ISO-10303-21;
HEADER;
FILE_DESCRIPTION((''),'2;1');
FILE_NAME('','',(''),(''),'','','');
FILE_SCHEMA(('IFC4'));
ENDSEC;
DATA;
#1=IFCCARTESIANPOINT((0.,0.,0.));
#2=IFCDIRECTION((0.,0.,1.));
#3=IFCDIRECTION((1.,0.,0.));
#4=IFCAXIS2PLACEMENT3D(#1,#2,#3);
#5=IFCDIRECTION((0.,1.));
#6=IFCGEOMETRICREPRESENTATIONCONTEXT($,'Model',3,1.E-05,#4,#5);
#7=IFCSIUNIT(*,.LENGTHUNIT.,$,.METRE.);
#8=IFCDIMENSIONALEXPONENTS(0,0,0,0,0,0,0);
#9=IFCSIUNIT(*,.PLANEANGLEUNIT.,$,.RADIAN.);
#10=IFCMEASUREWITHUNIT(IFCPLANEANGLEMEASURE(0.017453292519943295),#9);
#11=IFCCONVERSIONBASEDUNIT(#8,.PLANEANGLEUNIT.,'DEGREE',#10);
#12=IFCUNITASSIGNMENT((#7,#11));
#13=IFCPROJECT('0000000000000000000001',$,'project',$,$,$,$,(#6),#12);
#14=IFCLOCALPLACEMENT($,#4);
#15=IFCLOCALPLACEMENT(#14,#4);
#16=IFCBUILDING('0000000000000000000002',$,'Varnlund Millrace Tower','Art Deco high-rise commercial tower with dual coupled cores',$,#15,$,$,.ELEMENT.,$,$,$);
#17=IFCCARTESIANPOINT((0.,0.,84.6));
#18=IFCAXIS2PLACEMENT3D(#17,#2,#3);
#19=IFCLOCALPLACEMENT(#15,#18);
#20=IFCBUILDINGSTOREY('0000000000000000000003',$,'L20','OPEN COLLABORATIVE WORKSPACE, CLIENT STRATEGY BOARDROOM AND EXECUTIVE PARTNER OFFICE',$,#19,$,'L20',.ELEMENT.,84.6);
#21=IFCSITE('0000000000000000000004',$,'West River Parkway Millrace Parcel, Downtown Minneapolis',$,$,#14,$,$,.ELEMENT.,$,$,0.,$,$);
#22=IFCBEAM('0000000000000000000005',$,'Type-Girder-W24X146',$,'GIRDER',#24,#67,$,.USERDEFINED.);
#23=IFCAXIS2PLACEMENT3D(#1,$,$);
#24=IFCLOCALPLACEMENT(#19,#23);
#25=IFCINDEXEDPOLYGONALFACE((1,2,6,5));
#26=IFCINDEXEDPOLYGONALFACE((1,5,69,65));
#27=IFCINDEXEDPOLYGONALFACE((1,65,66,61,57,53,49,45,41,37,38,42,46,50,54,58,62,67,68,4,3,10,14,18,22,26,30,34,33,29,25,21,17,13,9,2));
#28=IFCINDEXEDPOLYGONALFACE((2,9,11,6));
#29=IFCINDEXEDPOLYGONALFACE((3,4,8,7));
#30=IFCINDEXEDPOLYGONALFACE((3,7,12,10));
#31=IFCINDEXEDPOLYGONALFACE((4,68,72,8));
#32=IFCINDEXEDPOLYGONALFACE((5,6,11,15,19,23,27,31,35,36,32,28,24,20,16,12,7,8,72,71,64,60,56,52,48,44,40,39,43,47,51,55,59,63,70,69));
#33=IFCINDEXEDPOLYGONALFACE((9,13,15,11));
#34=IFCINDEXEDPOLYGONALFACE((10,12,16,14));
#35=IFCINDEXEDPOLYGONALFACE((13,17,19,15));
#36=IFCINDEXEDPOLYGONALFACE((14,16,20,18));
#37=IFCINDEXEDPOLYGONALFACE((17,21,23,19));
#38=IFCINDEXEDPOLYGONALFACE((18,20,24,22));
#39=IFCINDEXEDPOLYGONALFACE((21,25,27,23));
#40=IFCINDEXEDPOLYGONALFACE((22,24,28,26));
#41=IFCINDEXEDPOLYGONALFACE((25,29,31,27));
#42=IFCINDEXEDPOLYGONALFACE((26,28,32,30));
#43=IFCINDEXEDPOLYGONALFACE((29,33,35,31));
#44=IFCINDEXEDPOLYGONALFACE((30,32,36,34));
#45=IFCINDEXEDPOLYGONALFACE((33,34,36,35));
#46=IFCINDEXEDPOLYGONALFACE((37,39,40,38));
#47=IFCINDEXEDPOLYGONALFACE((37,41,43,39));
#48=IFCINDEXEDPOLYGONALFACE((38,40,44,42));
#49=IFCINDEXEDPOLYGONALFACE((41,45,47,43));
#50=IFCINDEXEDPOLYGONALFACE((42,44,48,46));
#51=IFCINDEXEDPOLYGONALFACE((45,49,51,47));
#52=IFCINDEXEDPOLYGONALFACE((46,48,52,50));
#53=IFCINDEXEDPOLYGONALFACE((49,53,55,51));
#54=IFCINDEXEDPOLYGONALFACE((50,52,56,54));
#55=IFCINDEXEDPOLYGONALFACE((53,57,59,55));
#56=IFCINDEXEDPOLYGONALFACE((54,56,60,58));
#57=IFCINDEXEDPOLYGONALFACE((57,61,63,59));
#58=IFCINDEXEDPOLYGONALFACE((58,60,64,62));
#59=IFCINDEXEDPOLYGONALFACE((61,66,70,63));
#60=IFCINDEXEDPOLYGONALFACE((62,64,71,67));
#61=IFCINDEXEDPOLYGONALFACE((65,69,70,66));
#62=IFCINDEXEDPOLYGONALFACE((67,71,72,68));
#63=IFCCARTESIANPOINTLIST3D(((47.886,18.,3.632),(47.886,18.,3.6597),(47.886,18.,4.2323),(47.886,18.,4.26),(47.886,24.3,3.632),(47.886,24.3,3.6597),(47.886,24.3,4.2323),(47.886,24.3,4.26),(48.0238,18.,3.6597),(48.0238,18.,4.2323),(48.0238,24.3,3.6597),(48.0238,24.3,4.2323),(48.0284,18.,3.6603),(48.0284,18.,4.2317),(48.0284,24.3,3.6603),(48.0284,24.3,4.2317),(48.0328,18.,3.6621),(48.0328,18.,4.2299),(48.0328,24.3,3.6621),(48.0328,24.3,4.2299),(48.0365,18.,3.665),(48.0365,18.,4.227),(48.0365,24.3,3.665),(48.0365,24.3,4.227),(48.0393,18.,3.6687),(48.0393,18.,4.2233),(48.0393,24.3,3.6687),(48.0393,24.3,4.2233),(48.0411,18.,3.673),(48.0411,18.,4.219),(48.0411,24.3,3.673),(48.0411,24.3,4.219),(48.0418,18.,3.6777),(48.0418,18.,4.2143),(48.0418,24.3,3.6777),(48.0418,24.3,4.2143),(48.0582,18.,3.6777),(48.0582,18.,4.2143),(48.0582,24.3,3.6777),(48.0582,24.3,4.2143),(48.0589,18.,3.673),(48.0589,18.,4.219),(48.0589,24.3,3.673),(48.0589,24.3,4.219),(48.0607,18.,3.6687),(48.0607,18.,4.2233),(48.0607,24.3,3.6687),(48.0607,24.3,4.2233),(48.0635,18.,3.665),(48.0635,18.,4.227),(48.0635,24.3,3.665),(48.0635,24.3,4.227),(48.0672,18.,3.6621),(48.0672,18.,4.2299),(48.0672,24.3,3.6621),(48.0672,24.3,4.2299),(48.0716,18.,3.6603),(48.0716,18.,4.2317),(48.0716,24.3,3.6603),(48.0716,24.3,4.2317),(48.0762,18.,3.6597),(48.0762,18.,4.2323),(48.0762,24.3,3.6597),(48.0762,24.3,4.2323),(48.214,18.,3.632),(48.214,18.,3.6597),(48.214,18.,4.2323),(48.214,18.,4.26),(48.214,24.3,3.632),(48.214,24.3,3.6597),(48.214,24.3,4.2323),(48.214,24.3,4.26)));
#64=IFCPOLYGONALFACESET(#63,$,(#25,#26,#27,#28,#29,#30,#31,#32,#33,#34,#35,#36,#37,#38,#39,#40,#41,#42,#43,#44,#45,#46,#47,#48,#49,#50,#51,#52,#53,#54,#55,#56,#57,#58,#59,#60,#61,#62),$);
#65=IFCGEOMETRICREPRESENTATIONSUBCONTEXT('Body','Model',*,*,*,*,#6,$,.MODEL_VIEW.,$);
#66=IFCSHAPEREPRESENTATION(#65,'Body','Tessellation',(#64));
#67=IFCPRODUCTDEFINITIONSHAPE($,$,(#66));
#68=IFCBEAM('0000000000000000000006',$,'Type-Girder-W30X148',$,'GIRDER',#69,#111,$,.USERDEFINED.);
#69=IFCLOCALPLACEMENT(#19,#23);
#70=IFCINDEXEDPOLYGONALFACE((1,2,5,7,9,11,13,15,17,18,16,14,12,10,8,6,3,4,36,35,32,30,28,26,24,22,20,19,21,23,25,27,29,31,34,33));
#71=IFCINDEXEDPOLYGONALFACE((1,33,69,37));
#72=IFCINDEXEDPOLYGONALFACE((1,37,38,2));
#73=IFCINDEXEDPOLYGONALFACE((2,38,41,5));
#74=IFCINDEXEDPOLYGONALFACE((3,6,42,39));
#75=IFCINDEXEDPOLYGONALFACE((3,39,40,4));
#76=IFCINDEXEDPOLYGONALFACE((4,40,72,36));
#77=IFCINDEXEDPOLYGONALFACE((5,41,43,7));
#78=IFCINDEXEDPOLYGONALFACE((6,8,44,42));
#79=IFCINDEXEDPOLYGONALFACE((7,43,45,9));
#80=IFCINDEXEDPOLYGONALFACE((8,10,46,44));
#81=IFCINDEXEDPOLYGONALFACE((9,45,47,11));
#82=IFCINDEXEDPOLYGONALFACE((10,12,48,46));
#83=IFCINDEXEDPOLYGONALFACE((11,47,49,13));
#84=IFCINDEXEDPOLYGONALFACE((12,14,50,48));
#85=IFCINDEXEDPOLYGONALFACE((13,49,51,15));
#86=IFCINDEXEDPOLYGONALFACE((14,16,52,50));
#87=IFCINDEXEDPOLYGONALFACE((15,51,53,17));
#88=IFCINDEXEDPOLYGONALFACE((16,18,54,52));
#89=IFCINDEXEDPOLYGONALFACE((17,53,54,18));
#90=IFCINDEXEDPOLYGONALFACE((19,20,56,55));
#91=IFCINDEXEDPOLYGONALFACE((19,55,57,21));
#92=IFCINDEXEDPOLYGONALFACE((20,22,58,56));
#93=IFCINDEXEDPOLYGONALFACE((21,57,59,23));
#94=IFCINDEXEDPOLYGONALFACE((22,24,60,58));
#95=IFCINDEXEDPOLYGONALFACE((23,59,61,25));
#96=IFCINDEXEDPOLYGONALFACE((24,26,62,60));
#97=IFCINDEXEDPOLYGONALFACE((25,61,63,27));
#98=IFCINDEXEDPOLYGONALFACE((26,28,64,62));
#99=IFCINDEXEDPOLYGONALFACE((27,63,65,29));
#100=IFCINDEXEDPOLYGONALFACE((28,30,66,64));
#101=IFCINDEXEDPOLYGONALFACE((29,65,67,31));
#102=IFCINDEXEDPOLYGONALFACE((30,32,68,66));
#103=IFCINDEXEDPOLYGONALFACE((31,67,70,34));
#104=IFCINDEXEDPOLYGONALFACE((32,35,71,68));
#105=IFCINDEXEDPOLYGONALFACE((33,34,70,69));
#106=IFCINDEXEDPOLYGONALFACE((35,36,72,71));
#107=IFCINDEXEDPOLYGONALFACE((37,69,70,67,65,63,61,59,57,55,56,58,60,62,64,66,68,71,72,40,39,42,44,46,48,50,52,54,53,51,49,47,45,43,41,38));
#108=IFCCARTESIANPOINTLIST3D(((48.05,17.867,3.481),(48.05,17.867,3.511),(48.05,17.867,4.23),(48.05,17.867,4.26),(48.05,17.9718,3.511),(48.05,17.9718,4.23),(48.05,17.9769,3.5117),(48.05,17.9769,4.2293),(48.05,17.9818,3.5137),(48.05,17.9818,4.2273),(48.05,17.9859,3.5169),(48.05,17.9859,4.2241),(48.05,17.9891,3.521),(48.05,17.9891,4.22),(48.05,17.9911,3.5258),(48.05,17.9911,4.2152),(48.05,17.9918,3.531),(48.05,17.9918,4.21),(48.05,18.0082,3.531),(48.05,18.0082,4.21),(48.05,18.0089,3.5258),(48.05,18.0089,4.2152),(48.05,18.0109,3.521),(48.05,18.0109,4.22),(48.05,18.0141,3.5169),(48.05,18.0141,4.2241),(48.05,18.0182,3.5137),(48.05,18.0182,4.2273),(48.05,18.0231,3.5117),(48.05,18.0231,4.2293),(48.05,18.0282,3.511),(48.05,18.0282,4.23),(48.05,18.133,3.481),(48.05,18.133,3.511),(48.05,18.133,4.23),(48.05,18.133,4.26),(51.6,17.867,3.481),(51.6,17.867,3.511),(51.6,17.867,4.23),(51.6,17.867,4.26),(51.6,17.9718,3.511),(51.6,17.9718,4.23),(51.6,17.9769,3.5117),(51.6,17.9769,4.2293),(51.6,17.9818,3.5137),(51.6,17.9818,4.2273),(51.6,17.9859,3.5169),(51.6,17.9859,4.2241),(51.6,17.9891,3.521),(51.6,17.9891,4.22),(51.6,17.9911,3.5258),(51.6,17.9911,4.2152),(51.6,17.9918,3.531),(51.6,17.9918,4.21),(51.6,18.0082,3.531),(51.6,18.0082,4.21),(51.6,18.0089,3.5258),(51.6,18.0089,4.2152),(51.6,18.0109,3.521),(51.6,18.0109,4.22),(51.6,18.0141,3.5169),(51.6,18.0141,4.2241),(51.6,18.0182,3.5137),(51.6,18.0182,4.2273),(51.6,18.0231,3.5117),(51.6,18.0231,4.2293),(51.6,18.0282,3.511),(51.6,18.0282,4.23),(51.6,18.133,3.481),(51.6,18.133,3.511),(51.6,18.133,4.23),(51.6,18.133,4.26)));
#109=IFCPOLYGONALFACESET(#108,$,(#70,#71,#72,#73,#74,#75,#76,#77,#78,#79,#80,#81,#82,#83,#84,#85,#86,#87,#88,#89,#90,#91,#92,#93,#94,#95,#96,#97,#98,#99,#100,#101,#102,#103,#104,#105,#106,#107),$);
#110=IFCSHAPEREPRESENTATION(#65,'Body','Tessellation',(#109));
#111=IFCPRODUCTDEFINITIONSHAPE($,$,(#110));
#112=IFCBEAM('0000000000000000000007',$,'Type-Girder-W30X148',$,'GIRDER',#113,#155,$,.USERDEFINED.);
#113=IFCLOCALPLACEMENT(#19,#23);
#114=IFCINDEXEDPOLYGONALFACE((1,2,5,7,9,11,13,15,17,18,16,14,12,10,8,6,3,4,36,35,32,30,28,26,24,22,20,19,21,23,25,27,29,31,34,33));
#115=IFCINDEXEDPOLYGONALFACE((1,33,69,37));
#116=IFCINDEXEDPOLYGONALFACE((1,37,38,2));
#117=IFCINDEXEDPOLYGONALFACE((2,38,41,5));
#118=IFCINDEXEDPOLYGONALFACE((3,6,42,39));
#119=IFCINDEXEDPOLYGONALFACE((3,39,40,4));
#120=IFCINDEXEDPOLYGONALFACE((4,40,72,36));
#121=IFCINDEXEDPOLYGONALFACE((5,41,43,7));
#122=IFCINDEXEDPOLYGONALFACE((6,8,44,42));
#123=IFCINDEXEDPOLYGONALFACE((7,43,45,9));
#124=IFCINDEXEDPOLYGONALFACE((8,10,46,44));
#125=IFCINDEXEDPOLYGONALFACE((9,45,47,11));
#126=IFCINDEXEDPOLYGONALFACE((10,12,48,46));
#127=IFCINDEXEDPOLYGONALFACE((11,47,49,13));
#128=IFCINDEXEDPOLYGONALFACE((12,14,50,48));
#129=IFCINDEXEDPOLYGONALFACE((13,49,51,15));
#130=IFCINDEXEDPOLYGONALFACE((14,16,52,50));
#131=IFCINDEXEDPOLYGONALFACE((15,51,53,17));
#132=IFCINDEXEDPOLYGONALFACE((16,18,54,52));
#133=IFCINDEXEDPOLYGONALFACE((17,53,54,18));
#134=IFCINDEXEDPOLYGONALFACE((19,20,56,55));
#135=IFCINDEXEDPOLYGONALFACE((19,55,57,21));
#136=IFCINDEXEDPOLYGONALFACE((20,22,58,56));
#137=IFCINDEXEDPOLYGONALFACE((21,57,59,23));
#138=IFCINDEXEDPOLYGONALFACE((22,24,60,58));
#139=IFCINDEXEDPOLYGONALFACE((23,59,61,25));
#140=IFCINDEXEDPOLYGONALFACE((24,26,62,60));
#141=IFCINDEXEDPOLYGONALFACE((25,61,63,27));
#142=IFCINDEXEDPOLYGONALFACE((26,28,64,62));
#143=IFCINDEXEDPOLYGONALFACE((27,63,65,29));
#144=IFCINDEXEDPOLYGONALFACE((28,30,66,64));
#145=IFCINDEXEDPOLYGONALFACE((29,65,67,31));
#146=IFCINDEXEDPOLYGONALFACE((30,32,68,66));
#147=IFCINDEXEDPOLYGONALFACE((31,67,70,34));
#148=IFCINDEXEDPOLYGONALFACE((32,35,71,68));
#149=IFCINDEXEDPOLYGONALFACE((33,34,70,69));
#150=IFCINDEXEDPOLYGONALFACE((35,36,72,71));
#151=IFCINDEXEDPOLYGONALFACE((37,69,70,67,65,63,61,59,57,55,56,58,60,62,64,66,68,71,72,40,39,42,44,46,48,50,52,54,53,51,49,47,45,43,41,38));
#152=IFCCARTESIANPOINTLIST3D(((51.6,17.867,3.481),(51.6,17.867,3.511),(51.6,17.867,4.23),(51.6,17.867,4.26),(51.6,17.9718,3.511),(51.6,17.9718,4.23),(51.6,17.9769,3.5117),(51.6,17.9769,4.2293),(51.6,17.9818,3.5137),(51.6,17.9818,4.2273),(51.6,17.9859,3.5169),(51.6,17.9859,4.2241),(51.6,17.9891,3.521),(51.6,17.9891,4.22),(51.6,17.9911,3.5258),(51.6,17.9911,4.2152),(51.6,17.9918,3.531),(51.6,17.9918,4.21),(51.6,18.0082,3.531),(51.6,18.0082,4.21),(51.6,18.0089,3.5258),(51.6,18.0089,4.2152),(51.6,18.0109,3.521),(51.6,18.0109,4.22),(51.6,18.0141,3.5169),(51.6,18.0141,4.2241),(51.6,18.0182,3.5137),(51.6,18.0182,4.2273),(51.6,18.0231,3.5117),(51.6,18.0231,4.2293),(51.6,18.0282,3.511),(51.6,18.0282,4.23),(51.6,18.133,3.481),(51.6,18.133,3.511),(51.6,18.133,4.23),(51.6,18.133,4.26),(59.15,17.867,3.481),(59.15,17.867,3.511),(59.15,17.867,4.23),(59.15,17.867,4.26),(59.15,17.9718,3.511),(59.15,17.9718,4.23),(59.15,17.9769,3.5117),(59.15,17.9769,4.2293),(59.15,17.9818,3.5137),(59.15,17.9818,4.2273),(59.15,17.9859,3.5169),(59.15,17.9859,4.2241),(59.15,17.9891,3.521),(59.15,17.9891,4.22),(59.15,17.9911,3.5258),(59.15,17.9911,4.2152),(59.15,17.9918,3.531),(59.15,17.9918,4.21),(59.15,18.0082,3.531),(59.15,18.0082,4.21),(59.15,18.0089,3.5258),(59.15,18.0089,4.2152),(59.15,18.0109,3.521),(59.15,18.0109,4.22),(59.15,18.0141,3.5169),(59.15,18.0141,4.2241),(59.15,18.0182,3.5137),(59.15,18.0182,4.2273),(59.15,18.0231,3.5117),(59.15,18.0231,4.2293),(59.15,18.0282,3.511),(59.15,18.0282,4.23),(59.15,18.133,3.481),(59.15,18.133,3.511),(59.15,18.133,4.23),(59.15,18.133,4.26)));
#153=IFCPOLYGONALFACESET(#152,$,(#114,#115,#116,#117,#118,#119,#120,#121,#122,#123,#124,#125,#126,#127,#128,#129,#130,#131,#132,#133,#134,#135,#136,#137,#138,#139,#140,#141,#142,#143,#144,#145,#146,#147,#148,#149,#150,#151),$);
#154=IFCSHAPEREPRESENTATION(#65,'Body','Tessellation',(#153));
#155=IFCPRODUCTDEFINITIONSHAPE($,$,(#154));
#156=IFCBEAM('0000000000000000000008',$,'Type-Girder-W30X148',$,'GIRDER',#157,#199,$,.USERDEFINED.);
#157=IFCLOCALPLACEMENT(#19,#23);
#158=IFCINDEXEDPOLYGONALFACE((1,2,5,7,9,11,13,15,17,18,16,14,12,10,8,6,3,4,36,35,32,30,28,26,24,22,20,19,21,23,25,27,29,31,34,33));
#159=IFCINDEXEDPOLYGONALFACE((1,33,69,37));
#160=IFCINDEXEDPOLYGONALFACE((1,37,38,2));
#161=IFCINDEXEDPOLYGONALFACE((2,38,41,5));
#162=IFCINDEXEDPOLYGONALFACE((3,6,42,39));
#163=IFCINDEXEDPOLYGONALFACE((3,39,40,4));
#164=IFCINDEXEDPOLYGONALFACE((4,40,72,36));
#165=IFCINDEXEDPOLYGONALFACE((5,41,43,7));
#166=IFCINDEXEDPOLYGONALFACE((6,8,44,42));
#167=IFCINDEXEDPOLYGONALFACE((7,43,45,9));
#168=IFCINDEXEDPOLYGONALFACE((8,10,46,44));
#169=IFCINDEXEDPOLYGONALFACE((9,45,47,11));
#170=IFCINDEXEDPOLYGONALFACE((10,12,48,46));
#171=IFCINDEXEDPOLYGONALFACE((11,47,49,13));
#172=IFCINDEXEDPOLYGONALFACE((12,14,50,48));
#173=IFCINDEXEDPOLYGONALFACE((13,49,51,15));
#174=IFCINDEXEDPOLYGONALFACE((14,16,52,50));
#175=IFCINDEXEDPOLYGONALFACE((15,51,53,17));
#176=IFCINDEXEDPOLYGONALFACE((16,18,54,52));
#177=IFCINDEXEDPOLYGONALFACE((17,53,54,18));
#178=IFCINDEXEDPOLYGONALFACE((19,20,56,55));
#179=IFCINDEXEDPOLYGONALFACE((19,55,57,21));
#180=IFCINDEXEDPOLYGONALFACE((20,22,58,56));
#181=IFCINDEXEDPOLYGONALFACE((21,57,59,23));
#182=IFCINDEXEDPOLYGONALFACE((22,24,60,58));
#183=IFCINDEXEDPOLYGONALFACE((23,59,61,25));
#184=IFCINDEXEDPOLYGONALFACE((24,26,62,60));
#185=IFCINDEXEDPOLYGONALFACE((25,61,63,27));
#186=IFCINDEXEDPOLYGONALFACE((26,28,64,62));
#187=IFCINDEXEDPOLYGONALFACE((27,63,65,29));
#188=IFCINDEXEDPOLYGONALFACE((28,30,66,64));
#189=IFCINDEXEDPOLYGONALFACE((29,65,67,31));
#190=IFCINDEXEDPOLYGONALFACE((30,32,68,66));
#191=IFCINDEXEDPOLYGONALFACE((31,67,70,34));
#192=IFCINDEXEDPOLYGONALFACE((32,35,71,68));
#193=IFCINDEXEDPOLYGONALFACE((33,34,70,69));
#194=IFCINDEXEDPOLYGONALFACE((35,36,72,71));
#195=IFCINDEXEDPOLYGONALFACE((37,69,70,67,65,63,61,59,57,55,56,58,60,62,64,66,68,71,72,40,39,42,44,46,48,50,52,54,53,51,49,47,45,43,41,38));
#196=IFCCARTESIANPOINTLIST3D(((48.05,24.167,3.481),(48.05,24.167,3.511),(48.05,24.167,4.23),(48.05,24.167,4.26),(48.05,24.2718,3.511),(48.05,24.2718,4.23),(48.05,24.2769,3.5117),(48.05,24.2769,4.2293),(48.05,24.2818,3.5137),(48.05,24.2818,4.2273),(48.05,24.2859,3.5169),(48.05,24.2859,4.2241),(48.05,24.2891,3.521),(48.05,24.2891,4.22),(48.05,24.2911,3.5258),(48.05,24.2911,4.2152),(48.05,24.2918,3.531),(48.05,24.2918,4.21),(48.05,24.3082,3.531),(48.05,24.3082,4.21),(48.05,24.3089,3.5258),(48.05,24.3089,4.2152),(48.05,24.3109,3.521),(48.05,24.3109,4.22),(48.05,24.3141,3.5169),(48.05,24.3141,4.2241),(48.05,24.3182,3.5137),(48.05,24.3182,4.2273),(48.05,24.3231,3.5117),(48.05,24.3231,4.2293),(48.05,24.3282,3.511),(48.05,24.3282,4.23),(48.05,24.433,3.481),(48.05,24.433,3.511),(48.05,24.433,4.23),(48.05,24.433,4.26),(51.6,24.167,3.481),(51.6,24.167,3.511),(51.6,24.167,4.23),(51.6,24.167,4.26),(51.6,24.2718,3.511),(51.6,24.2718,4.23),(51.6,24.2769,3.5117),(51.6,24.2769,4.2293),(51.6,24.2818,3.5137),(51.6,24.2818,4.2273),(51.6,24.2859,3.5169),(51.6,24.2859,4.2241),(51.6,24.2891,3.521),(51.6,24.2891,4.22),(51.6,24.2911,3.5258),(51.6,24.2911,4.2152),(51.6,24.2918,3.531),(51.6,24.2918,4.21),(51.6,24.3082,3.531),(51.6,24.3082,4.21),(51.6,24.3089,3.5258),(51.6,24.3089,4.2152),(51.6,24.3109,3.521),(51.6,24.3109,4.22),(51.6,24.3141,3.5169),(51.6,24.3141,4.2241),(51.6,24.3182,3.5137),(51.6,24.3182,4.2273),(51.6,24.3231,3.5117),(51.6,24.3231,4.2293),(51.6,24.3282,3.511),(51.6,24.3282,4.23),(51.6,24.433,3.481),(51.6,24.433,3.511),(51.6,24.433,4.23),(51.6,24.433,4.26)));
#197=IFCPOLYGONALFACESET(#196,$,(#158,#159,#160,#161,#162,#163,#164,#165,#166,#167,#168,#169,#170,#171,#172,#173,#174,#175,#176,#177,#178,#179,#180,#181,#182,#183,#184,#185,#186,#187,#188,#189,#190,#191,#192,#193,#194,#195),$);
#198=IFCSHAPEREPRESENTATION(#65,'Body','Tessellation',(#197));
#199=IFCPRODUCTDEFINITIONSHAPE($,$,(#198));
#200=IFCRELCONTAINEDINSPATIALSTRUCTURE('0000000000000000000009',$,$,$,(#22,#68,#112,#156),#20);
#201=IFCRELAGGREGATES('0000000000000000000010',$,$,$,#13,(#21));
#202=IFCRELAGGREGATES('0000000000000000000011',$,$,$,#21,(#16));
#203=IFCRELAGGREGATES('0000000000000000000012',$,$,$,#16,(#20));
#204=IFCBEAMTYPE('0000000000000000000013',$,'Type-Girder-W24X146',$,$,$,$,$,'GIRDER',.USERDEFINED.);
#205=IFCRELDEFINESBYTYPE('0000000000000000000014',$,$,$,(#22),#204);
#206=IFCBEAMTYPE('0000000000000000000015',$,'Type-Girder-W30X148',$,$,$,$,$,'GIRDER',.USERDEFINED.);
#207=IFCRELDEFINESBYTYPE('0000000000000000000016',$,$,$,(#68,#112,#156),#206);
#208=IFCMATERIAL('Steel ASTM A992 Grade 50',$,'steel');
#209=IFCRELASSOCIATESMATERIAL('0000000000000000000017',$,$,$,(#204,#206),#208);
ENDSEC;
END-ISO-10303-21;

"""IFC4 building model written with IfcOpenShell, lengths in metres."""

from ifc_helpers import new_model, entity, si_unit, converted_unit, direction, frame, origin_with_axes, origin_2d_with_axis, place, context, subcontext, project, spatial, i_section, extrude, material, material_profile, profile_set, type_object, element, save


model = new_model("IFC4")

# Units and contexts
model_context = context("Model", 3, precision=1e-05, world=origin_with_axes(), true_north=direction((0.0, 1.0)))
body_context = subcontext(model_context, "Body", "Model", "MODEL_VIEW")
ifc_project = project(units=[si_unit("LENGTHUNIT", "METRE"), converted_unit("PLANEANGLEUNIT", "DEGREE", entity("IfcPlaneAngleMeasure", 0.017453292519943295), si_unit("PLANEANGLEUNIT", "RADIAN"), dimensions=[0, 0, 0, 0, 0, 0, 0])], contexts=[model_context])

# Site, building, storey
site_placement = place(None, origin_with_axes())
site = spatial("IfcSite", under=ifc_project, at=site_placement, Name="West River Parkway Millrace Parcel, Downtown Minneapolis", CompositionType="ELEMENT", RefElevation=0.0)
building_placement = place(site_placement, origin_with_axes())
building = spatial("IfcBuilding", under=site, at=building_placement, Name="Varnlund Millrace Tower", Description="Art Deco high-rise commercial tower with dual coupled cores", CompositionType="ELEMENT")
storey_placement = place(building_placement, frame((0.0, 0.0, 84.6), z_axis=(0.0, 0.0, 1.0), x_axis=(1.0, 0.0, 0.0)))
storey = spatial("IfcBuildingStorey", under=building, at=storey_placement, Name="L20", Description="OPEN COLLABORATIVE WORKSPACE, CLIENT STRATEGY BOARDROOM AND EXECUTIVE PARTNER OFFICE", LongName="L20", CompositionType="ELEMENT", Elevation=84.6)

# Beams
ifc_material_1 = material(Name="Steel ASTM A992 Grade 50", Category="steel")
ifc_material_profile_1 = material_profile(ifc_material_1, i_section(OverallWidth=0.328, OverallDepth=0.628, WebThickness=0.0165, FlangeThickness=0.0277, FilletRadius=0.018, at=origin_2d_with_axis()), Name="Steel ASTM A992 Grade 50")
ifc_profile_set_1 = profile_set([ifc_material_profile_1], Name="Steel ASTM A992 Grade 50")
beam_type_1 = type_object("IfcBeamType", Name="Type-Girder-W24X146", ElementType="GIRDER", PredefinedType="USERDEFINED", material=ifc_profile_set_1)
beam_1_placement = place(storey_placement, frame((48.05, 18.0, 3.946), z_axis=(0.0, 1.0, 0.0), x_axis=(-1.0, 0.0, 0.0)))
element("IfcBeam", 1, at=beam_1_placement, inside=storey, type_object=beam_type_1, Name="Type-Girder-W24X146", ObjectType="GIRDER", PredefinedType="USERDEFINED", context=body_context, shape_type="SweptSolid", body=[
    extrude(i_section(OverallWidth=0.328, OverallDepth=0.628, WebThickness=0.0165, FlangeThickness=0.0277, FilletRadius=0.018, at=origin_2d_with_axis()), origin_with_axes(), (0.0, 0.0, 1.0), 6.3),
])
ifc_material_profile_2 = material_profile(ifc_material_1, i_section(OverallWidth=0.266, OverallDepth=0.779, WebThickness=0.0165, FlangeThickness=0.03, FilletRadius=0.02, at=origin_2d_with_axis()), Name="Steel ASTM A992 Grade 50")
ifc_profile_set_2 = profile_set([ifc_material_profile_2], Name="Steel ASTM A992 Grade 50")
beam_type_2 = type_object("IfcBeamType", Name="Type-Girder-W30X148", ElementType="GIRDER", PredefinedType="USERDEFINED", material=ifc_profile_set_2)
beam_2_placement = place(storey_placement, frame((48.05, 18.0, 3.8705), z_axis=(1.0, 0.0, 0.0), x_axis=(0.0, 1.0, 0.0)))
element("IfcBeam", 2, at=beam_2_placement, inside=storey, type_object=beam_type_2, Name="Type-Girder-W30X148", ObjectType="GIRDER", PredefinedType="USERDEFINED", context=body_context, shape_type="SweptSolid", body=[
    extrude(i_section(OverallWidth=0.266, OverallDepth=0.779, WebThickness=0.0165, FlangeThickness=0.03, FilletRadius=0.02, at=origin_2d_with_axis()), origin_with_axes(), (0.0, 0.0, 1.0), 3.55),
])
beam_3_placement = place(storey_placement, frame((51.6, 18.0, 3.8705), z_axis=(1.0, 0.0, 0.0), x_axis=(0.0, 1.0, 0.0)))
element("IfcBeam", 3, at=beam_3_placement, inside=storey, type_object=beam_type_2, Name="Type-Girder-W30X148", ObjectType="GIRDER", PredefinedType="USERDEFINED", context=body_context, shape_type="SweptSolid", body=[
    extrude(i_section(OverallWidth=0.266, OverallDepth=0.779, WebThickness=0.0165, FlangeThickness=0.03, FilletRadius=0.02, at=origin_2d_with_axis()), origin_with_axes(), (0.0, 0.0, 1.0), 7.55),
])
beam_4_placement = place(storey_placement, frame((48.05, 24.3, 3.8705), z_axis=(1.0, 0.0, 0.0), x_axis=(0.0, 1.0, 0.0)))
element("IfcBeam", 4, at=beam_4_placement, inside=storey, type_object=beam_type_2, Name="Type-Girder-W30X148", ObjectType="GIRDER", PredefinedType="USERDEFINED", context=body_context, shape_type="SweptSolid", body=[
    extrude(i_section(OverallWidth=0.266, OverallDepth=0.779, WebThickness=0.0165, FlangeThickness=0.03, FilletRadius=0.02, at=origin_2d_with_axis()), origin_with_axes(), (0.0, 0.0, 1.0), 3.55),
])

save(model, "model.ifc")
